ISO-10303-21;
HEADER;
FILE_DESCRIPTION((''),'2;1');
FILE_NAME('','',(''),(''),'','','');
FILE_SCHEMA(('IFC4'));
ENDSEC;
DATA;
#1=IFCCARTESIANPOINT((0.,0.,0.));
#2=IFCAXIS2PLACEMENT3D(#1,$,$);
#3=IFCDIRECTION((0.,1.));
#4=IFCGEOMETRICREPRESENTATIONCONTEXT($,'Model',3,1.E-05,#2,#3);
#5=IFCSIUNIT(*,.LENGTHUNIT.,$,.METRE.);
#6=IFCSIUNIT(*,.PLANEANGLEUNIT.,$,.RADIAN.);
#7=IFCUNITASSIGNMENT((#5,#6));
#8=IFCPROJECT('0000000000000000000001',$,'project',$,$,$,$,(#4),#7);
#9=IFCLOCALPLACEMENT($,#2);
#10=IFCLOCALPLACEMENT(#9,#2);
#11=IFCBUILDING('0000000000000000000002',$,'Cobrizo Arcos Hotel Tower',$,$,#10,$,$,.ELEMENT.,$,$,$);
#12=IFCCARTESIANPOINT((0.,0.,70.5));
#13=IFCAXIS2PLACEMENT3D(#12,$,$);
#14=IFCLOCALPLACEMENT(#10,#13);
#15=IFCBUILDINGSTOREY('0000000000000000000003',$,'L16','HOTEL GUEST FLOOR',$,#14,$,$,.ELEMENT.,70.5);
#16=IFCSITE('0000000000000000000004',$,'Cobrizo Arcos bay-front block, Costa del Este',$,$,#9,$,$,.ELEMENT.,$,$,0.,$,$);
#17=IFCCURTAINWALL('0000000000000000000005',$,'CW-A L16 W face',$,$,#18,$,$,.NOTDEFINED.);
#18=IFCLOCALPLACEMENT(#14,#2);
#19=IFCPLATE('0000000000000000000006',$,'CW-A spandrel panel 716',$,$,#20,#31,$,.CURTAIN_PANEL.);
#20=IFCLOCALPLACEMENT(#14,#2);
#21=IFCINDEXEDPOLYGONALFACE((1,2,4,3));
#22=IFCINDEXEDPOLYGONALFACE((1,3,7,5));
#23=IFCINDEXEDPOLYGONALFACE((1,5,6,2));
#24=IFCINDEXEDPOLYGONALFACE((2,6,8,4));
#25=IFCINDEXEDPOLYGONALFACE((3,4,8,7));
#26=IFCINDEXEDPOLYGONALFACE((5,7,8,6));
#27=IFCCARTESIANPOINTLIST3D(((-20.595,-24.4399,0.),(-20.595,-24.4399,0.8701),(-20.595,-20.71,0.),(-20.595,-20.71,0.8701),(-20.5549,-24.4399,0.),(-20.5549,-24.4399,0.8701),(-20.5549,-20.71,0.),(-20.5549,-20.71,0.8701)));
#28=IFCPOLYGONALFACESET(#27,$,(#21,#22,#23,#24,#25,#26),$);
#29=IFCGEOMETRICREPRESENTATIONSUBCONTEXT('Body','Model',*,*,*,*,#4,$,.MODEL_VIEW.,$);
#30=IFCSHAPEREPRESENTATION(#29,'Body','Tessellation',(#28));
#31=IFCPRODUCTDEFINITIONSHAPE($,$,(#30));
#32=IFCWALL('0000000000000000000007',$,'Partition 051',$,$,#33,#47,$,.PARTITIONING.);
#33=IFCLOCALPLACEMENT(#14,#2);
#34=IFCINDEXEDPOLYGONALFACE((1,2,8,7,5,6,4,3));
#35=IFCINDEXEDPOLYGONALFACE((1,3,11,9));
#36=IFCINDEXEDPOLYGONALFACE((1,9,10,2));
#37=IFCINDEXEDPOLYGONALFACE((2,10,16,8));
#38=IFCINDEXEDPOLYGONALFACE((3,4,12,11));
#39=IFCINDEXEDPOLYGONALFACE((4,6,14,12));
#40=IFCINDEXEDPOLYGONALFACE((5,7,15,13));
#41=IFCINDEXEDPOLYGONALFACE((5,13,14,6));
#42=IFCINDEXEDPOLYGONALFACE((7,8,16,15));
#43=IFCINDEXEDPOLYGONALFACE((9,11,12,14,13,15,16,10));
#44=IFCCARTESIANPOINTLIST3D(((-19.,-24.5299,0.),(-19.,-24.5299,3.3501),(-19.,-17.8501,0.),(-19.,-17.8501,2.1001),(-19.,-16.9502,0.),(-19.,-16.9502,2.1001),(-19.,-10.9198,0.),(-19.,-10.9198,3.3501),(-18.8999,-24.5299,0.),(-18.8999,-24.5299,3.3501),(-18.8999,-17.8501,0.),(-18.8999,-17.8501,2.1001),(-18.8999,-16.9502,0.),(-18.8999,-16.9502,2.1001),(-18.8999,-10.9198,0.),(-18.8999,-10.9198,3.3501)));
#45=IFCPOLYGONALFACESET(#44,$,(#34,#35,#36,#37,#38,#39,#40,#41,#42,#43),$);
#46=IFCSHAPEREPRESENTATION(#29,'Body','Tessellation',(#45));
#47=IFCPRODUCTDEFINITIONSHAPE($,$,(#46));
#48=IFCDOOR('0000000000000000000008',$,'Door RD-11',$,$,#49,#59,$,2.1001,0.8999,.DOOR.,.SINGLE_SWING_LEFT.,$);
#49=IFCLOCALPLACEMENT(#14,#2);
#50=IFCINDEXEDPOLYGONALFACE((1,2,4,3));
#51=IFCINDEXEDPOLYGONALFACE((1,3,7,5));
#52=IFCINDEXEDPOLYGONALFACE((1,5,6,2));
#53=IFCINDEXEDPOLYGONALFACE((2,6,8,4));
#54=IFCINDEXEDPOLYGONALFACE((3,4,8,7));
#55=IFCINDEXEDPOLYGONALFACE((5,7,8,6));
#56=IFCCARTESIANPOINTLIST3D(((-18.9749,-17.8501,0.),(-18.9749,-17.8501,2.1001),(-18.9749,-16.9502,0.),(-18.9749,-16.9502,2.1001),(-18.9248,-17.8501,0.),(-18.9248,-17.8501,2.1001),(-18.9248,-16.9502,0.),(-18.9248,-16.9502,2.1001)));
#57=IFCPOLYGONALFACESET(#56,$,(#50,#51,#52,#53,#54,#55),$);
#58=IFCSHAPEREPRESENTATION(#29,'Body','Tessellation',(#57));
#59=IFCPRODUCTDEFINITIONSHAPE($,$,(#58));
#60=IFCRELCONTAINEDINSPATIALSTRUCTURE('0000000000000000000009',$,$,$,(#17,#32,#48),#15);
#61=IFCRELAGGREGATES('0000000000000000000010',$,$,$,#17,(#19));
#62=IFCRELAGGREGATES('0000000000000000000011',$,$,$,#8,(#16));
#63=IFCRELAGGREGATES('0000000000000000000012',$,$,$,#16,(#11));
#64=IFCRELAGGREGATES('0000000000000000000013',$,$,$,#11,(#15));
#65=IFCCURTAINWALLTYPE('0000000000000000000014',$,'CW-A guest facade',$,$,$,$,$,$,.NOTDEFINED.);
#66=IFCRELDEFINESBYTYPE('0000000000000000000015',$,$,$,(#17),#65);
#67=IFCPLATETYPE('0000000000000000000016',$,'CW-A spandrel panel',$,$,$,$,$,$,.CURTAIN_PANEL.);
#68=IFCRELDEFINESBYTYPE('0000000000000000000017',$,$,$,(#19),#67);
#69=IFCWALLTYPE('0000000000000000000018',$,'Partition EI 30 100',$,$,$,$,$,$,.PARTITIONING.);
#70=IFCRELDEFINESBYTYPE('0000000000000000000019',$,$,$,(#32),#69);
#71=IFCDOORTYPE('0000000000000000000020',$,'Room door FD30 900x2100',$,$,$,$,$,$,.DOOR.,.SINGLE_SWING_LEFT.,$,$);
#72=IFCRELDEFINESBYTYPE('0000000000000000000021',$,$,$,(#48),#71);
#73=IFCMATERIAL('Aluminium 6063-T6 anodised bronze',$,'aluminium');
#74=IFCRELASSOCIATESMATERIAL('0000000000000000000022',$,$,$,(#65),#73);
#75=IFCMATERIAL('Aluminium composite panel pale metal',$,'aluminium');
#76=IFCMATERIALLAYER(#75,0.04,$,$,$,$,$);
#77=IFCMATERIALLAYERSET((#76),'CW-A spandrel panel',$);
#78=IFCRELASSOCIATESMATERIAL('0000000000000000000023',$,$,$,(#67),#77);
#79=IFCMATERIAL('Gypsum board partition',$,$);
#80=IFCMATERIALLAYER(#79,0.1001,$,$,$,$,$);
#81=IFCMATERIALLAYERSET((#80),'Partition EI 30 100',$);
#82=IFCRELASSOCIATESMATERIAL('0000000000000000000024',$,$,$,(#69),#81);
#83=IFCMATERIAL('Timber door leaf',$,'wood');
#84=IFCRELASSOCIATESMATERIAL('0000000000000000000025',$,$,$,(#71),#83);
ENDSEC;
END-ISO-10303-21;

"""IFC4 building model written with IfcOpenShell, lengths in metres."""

from ifc_helpers import new_model, si_unit, direction, frame, frame_2d, origin, origin_2d, place, context, subcontext, project, spatial, rectangle, extrude, material, layer, layer_set, type_object, element, fill, aggregate, save


model = new_model("IFC4")

# Units and contexts
model_context = context("Model", 3, precision=1e-05, world=origin(), true_north=direction((0.0, 1.0)))
body_context = subcontext(model_context, "Body", "Model", "MODEL_VIEW")
ifc_project = project(units=[si_unit("LENGTHUNIT", "METRE"), si_unit("PLANEANGLEUNIT", "RADIAN")], contexts=[model_context])

# Site, building, storey
site_placement = place(None, origin())
site = spatial("IfcSite", under=ifc_project, at=site_placement, Name="Cobrizo Arcos bay-front block, Costa del Este", CompositionType="ELEMENT", RefElevation=0.0)
building_placement = place(site_placement, origin())
building = spatial("IfcBuilding", under=site, at=building_placement, Name="Cobrizo Arcos Hotel Tower", CompositionType="ELEMENT")
storey_placement = place(building_placement, frame((0.0, 0.0, 70.5)))
storey = spatial("IfcBuildingStorey", under=building, at=storey_placement, Name="L16", Description="HOTEL GUEST FLOOR", CompositionType="ELEMENT", Elevation=70.5)

# Shared definitions
ifc_material_1 = material(Name="Aluminium 6063-T6 anodised bronze", Category="aluminium")
curtain_wall_type = type_object("IfcCurtainWallType", Name="CW-A guest facade", PredefinedType="NOTDEFINED", material=ifc_material_1)

# Curtain wall
curtain_wall_1_placement = place(storey_placement, origin())
curtain_wall_1 = element("IfcCurtainWall", 1, at=curtain_wall_1_placement, inside=storey, type_object=curtain_wall_type, Name="CW-A L16 W face", PredefinedType="NOTDEFINED")

# Plate
ifc_material_2 = material(Name="Aluminium composite panel pale metal", Category="aluminium")
ifc_layer_1 = layer(ifc_material_2, 0.04)
ifc_layer_set_1 = layer_set([ifc_layer_1], Name="CW-A spandrel panel")
plate_type_1 = type_object("IfcPlateType", Name="CW-A spandrel panel", PredefinedType="CURTAIN_PANEL", material=ifc_layer_set_1)
plate_1_placement = place(storey_placement, frame((-20.575, -22.575, 0.0), z_axis=(0.0, 0.0, 1.0), x_axis=(0.0, -1.0, 0.0)))
plate_1 = element("IfcPlate", 2, at=plate_1_placement, type_object=plate_type_1, Name="CW-A spandrel panel 716", PredefinedType="CURTAIN_PANEL", context=body_context, shape_type="SweptSolid", body=[
    extrude(rectangle(XDim=3.73, YDim=0.04, at=origin_2d()), origin(), (0.0, 0.0, 1.0), 0.8701),
])
aggregate(curtain_wall_1, [plate_1])

# Wall, opening, door
ifc_material_3 = material(Name="Gypsum board partition")
ifc_layer_2 = layer(ifc_material_3, 0.1001)
ifc_layer_set_2 = layer_set([ifc_layer_2], Name="Partition EI 30 100")
wall_type = type_object("IfcWallType", Name="Partition EI 30 100", PredefinedType="PARTITIONING", material=ifc_layer_set_2)
wall_placement = place(storey_placement, frame((-18.95, -24.53, 0.0), z_axis=(0.0, 0.0, 1.0), x_axis=(0.0, 1.0, 0.0)))
wall = element("IfcWall", 3, at=wall_placement, inside=storey, type_object=wall_type, Name="Partition 051", PredefinedType="PARTITIONING", context=body_context, shape_type="SweptSolid", body=[
    extrude(rectangle(XDim=13.6101, YDim=0.1001, at=frame_2d((6.8052, 0.0))), origin(), (0.0, 0.0, 1.0), 3.3501),
])
opening_placement = place(wall_placement, frame((6.6799, 0.0, 0.0)))
opening = element("IfcOpeningElement", 4, at=opening_placement, cuts=wall, PredefinedType="OPENING", context=body_context, shape_type="SweptSolid", body=[
    extrude(rectangle(XDim=0.8999, YDim=2.1001, at=frame_2d((0.45, 1.05))), frame((0.0, 0.062, 0.0), z_axis=(0.0, -1.0, 0.0), x_axis=(1.0, 0.0, 0.0)), (0.0, 0.0, 1.0), 0.124),
])
ifc_material_4 = material(Name="Timber door leaf", Category="wood")
door_type = type_object("IfcDoorType", Name="Room door FD30 900x2100", OperationType="SINGLE_SWING_LEFT", PredefinedType="DOOR", material=ifc_material_4)
door_placement = place(opening_placement, origin())
door = element("IfcDoor", 5, at=door_placement, inside=storey, type_object=door_type, Name="Door RD-11", OperationType="SINGLE_SWING_LEFT", OverallHeight=2.1001, OverallWidth=0.8999, PredefinedType="DOOR", context=body_context, shape_type="SweptSolid", body=[
    extrude(rectangle(XDim=0.8999, YDim=2.1001, at=frame_2d((0.45, 1.05))), frame((0.0, 0.0249, 0.0), z_axis=(0.0, -1.0, 0.0), x_axis=(1.0, 0.0, 0.0)), (0.0, 0.0, 1.0), 0.05),
])
fill(opening, door)

save(model, "model.ifc")
